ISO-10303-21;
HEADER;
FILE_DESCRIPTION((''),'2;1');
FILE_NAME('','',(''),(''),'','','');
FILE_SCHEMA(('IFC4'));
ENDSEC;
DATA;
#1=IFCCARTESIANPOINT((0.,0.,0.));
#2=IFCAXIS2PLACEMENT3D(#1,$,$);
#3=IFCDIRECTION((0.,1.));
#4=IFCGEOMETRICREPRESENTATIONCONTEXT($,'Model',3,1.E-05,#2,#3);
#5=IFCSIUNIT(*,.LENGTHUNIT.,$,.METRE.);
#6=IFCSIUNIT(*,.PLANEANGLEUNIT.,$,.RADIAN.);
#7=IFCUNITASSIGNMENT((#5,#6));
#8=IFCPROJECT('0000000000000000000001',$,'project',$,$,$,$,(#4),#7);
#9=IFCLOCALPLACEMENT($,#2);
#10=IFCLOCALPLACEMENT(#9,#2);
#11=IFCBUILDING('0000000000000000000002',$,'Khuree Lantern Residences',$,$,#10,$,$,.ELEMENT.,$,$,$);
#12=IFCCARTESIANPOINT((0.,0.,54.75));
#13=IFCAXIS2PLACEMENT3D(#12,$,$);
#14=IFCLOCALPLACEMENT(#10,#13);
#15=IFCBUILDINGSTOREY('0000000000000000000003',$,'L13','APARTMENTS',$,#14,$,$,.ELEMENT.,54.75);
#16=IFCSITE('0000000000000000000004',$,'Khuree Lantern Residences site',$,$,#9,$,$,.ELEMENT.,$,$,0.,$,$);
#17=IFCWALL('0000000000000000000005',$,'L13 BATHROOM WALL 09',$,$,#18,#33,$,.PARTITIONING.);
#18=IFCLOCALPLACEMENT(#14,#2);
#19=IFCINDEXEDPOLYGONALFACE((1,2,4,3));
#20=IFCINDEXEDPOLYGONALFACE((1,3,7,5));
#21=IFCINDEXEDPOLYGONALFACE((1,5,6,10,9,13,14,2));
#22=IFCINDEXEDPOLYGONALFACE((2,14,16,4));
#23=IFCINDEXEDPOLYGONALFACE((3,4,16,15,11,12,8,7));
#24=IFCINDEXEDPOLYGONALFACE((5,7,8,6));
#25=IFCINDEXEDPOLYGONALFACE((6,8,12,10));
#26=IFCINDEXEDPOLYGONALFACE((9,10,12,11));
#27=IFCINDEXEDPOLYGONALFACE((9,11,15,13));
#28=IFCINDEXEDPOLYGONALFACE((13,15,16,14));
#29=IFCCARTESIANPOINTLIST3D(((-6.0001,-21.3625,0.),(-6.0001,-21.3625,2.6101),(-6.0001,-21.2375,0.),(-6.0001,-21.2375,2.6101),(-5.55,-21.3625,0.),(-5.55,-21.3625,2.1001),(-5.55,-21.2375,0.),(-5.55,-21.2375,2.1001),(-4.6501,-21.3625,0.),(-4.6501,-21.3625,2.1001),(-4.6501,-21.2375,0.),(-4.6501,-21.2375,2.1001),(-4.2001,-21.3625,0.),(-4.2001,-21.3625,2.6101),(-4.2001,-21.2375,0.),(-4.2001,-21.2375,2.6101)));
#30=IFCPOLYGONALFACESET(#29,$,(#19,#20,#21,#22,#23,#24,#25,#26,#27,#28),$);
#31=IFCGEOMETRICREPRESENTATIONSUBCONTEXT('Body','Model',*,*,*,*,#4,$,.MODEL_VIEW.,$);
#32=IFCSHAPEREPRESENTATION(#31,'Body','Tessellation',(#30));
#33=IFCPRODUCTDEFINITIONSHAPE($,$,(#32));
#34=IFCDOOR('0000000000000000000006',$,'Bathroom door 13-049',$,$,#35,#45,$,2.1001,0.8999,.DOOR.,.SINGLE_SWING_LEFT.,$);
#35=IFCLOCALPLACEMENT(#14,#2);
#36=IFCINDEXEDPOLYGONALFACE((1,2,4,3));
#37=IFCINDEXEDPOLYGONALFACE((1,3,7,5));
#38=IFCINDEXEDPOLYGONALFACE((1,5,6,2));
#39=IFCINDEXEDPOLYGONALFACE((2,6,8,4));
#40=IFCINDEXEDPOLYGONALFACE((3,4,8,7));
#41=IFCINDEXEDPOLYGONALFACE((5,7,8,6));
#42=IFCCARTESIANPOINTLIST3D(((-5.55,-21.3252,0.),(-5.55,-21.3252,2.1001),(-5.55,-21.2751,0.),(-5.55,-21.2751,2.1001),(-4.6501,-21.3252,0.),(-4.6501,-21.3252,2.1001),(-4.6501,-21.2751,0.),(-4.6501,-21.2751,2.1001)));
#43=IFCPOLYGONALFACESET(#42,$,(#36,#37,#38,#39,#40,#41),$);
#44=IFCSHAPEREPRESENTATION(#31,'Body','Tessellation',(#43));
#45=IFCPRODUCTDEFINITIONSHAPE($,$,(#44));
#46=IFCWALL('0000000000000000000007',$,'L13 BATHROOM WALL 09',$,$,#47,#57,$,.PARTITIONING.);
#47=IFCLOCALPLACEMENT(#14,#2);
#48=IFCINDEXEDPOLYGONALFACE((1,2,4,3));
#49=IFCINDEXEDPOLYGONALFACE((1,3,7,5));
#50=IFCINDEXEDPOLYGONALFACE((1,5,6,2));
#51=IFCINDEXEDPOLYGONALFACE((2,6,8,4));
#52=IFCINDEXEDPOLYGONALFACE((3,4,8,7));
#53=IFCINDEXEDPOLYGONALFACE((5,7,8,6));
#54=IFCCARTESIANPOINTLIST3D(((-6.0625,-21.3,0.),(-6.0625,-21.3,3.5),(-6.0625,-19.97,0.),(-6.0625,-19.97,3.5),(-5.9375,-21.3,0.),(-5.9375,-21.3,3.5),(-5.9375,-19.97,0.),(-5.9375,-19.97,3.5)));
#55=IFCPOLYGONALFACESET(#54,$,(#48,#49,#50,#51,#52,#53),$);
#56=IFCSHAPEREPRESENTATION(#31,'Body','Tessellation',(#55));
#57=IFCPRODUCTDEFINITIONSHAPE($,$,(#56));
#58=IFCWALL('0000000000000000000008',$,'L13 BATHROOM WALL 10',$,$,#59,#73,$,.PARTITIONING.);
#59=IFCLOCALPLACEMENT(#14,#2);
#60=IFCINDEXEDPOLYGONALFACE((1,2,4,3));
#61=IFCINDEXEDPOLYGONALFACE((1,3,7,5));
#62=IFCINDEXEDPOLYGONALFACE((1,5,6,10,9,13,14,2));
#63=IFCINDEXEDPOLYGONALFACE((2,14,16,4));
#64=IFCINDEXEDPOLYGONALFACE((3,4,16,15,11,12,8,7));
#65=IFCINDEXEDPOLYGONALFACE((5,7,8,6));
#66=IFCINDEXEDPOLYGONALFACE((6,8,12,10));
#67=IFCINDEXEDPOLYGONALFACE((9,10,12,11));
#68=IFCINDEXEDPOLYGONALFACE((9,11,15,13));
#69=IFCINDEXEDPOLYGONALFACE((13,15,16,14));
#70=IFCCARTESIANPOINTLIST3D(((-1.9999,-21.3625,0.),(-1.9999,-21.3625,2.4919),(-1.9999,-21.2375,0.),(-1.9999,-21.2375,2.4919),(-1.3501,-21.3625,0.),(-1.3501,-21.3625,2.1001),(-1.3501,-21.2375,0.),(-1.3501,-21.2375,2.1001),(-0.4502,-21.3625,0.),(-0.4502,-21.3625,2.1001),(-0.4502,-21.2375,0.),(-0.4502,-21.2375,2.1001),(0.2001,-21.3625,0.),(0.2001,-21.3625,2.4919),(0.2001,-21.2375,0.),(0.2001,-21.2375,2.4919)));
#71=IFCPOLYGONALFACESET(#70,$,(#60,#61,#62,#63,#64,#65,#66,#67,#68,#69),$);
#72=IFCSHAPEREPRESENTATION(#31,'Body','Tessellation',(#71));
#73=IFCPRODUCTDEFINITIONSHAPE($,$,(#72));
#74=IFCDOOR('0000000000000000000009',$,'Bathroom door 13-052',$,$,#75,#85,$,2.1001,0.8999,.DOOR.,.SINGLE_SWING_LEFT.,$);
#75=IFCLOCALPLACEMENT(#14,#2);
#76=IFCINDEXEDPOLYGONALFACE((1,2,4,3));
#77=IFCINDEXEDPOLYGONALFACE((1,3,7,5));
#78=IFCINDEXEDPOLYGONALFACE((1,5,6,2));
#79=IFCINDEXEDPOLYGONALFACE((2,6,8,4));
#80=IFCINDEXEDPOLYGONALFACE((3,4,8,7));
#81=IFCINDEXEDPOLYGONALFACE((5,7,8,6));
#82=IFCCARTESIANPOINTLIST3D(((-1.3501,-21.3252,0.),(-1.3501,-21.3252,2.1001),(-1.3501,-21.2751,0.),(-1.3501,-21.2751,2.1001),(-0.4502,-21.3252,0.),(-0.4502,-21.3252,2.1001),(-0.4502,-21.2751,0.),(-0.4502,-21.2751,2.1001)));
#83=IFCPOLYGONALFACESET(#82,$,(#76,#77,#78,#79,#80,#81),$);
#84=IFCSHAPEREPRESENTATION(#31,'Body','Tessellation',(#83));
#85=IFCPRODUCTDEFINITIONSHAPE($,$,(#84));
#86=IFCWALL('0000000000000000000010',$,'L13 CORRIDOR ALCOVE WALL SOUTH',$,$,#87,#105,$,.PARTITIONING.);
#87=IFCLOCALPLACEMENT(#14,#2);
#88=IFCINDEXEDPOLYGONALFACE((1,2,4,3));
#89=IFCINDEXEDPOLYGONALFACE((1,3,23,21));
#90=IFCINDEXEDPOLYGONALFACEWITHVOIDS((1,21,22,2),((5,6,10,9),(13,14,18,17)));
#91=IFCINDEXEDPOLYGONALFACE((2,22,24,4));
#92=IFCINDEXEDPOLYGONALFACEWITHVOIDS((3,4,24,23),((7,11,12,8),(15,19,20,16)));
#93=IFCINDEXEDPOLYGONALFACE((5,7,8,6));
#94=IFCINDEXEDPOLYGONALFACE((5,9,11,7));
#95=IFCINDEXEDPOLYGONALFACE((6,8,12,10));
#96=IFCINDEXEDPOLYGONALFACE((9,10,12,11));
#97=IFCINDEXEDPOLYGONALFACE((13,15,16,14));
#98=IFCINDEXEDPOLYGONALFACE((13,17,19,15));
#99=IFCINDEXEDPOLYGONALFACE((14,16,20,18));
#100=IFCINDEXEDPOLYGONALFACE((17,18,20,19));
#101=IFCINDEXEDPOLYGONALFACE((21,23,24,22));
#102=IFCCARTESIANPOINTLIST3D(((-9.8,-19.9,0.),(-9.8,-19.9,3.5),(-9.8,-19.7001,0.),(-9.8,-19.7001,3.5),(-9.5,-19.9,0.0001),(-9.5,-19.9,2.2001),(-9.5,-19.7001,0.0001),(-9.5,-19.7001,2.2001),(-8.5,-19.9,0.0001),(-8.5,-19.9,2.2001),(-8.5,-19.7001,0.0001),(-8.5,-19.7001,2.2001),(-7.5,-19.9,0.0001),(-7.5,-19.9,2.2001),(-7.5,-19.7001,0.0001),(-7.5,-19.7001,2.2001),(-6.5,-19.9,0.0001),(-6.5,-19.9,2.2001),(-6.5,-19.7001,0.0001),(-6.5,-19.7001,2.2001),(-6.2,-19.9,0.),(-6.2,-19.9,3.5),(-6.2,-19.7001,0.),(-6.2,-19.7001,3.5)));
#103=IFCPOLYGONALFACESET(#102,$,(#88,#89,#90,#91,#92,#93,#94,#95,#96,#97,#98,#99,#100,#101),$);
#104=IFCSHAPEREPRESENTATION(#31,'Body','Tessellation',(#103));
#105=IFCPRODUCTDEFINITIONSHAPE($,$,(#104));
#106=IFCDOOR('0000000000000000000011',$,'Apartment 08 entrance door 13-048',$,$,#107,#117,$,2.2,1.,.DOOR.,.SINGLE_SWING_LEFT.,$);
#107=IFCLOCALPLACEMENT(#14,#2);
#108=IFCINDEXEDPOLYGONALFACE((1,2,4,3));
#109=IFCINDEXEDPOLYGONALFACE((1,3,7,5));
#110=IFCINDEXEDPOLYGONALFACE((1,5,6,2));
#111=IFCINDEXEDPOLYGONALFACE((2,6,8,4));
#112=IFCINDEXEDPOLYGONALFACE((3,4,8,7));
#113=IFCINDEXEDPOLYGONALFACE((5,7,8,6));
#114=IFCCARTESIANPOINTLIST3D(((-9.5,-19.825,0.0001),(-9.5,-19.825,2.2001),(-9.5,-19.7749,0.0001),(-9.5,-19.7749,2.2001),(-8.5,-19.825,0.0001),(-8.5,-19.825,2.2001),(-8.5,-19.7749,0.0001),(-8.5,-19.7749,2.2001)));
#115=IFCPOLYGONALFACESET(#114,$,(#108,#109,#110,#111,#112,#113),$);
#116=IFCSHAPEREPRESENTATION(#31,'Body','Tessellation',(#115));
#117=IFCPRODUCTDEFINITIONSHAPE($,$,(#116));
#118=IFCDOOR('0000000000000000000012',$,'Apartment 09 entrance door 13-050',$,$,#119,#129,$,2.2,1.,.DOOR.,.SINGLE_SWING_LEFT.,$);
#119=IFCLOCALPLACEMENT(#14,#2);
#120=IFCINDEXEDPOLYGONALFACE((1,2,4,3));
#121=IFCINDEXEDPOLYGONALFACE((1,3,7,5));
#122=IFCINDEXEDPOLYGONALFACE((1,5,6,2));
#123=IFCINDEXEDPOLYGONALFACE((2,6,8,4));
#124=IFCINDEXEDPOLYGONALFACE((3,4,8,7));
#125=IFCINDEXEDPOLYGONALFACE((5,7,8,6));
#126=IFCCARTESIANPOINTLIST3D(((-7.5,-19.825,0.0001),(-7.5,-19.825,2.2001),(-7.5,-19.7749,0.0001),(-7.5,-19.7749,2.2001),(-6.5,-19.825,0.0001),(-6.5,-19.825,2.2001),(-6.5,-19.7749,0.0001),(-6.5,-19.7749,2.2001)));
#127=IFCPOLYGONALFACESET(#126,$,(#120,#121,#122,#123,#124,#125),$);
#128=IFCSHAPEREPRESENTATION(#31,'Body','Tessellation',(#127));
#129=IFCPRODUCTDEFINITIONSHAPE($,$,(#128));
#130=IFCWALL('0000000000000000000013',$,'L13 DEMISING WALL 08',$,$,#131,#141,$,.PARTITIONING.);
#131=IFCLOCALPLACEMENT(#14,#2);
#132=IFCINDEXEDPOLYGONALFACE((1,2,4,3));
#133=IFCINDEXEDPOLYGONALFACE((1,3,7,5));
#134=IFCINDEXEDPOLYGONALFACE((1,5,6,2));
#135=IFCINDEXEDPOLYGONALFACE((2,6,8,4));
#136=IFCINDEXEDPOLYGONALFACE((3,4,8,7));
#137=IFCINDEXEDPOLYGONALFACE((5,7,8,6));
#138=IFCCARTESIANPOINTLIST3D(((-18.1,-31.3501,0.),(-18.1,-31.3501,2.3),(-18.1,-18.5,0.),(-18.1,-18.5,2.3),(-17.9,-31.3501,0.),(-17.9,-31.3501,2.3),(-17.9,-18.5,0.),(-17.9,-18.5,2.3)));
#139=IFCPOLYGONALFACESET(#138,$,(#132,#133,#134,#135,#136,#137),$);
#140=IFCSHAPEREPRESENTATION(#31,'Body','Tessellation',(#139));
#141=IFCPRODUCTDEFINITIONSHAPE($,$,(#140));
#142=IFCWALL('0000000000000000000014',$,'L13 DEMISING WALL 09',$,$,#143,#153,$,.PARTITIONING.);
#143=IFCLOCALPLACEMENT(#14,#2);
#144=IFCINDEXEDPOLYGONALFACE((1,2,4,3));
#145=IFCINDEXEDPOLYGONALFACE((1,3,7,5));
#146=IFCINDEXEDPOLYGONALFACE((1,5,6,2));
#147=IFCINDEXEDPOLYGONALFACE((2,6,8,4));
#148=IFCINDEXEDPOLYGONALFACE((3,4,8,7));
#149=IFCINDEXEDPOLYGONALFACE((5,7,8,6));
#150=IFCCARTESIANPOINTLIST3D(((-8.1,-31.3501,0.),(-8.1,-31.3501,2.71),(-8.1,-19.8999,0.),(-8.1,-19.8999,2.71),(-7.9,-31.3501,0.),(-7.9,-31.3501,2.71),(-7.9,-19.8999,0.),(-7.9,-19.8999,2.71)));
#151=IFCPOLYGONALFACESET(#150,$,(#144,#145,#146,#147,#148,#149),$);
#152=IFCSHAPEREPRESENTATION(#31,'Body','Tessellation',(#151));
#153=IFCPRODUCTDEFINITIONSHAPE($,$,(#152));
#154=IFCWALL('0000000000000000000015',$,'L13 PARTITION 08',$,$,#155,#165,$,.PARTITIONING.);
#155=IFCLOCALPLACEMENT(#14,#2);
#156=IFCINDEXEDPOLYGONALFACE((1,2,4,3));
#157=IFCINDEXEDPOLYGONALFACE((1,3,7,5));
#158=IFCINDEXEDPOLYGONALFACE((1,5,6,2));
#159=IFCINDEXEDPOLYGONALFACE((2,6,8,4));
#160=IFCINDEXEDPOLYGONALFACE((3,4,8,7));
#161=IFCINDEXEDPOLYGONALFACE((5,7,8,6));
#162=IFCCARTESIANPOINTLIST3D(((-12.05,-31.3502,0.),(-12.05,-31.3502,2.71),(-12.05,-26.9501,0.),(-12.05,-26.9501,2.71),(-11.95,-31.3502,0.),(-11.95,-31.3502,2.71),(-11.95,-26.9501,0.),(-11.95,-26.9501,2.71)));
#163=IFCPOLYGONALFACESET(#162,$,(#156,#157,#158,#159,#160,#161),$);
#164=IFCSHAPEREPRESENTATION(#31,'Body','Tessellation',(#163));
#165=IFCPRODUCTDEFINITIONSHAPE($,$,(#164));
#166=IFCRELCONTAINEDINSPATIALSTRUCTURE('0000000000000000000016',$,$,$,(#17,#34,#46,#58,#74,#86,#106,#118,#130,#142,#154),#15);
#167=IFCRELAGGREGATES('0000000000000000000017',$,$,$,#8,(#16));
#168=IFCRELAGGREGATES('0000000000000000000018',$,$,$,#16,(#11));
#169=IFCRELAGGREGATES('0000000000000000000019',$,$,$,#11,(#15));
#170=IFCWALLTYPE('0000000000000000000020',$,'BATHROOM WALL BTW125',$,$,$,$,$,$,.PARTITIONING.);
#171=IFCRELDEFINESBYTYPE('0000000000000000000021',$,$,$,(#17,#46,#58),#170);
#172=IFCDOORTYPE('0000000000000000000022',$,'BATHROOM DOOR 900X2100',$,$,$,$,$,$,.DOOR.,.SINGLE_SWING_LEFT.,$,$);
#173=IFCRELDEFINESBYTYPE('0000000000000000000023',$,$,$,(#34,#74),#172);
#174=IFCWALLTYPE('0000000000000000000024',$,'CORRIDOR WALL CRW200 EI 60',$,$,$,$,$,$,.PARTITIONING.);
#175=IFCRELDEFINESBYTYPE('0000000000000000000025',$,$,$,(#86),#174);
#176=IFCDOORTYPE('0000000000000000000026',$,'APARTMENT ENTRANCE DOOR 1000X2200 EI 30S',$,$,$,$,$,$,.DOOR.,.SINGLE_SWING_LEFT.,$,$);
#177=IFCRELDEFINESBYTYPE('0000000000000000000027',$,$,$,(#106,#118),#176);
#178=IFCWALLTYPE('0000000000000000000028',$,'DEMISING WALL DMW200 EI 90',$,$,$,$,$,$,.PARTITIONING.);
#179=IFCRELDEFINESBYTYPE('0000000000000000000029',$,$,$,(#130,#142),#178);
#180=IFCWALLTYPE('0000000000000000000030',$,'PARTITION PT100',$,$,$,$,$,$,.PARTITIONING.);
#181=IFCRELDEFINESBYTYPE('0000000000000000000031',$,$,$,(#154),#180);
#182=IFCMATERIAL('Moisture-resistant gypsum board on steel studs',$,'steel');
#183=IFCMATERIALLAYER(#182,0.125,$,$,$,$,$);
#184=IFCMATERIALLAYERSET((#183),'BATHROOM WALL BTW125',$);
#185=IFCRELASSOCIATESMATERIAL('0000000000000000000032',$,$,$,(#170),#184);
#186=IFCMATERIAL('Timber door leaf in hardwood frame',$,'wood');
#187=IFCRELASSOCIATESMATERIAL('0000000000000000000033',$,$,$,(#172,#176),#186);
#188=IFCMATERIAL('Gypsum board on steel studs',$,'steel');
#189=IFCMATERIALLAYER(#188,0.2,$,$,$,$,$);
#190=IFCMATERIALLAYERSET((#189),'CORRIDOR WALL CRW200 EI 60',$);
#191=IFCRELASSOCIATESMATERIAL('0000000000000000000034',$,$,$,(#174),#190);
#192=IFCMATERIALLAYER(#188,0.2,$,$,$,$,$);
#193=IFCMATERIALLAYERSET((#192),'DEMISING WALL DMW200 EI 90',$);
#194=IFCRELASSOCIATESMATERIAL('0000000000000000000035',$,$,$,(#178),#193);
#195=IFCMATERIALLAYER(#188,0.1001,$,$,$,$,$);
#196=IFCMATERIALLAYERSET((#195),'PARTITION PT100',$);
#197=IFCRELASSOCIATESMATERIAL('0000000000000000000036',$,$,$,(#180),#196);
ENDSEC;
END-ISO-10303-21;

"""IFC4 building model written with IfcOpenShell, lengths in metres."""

from ifc_helpers import new_model, si_unit, direction, frame, frame_2d, origin, place, context, subcontext, project, spatial, rectangle, extrude, material, layer, layer_set, type_object, element, fill, save


model = new_model("IFC4")

# Units and contexts
model_context = context("Model", 3, precision=1e-05, world=origin(), true_north=direction((0.0, 1.0)))
body_context = subcontext(model_context, "Body", "Model", "MODEL_VIEW")
ifc_project = project(units=[si_unit("LENGTHUNIT", "METRE"), si_unit("PLANEANGLEUNIT", "RADIAN")], contexts=[model_context])

# Site, building, storey
site_placement = place(None, origin())
site = spatial("IfcSite", under=ifc_project, at=site_placement, Name="Khuree Lantern Residences site", CompositionType="ELEMENT", RefElevation=0.0)
building_placement = place(site_placement, origin())
building = spatial("IfcBuilding", under=site, at=building_placement, Name="Khuree Lantern Residences", CompositionType="ELEMENT")
storey_placement = place(building_placement, frame((0.0, 0.0, 54.75)))
storey = spatial("IfcBuildingStorey", under=building, at=storey_placement, Name="L13", Description="APARTMENTS", CompositionType="ELEMENT", Elevation=54.75)

# Shared definitions
ifc_material_1 = material(Name="Moisture-resistant gypsum board on steel studs", Category="steel")
ifc_layer_1 = layer(ifc_material_1, 0.125)
ifc_layer_set_1 = layer_set([ifc_layer_1], Name="BATHROOM WALL BTW125")
wall_type_1 = type_object("IfcWallType", Name="BATHROOM WALL BTW125", PredefinedType="PARTITIONING", material=ifc_layer_set_1)
ifc_material_2 = material(Name="Timber door leaf in hardwood frame", Category="wood")
door_type_1 = type_object("IfcDoorType", Name="BATHROOM DOOR 900X2100", OperationType="SINGLE_SWING_LEFT", PredefinedType="DOOR", material=ifc_material_2)

# Wall, opening, door
wall_1_placement = place(storey_placement, frame((-6.0, -21.3, 0.0), z_axis=(0.0, 0.0, 1.0), x_axis=(1.0, 0.0, 0.0)))
wall_1 = element("IfcWall", 1, at=wall_1_placement, inside=storey, type_object=wall_type_1, Name="L13 BATHROOM WALL 09", PredefinedType="PARTITIONING", context=body_context, shape_type="SweptSolid", body=[
    extrude(rectangle(XDim=1.8, YDim=0.125, at=frame_2d((0.8999, 0.0))), origin(), (0.0, 0.0, 1.0), 2.6101),
])
opening_1_placement = place(wall_1_placement, frame((0.45, 0.0, 0.0)))
opening_1 = element("IfcOpeningElement", 2, at=opening_1_placement, cuts=wall_1, PredefinedType="OPENING", context=body_context, shape_type="SweptSolid", body=[
    extrude(rectangle(XDim=0.8999, YDim=2.1001, at=frame_2d((0.45, 1.05))), frame((0.0, 0.0725, 0.0), z_axis=(0.0, -1.0, 0.0), x_axis=(1.0, 0.0, 0.0)), (0.0, 0.0, 1.0), 0.145),
])
door_1_placement = place(opening_1_placement, origin())
door_1 = element("IfcDoor", 3, at=door_1_placement, inside=storey, type_object=door_type_1, Name="Bathroom door 13-049", OperationType="SINGLE_SWING_LEFT", OverallHeight=2.1001, OverallWidth=0.8999, PredefinedType="DOOR", context=body_context, shape_type="SweptSolid", body=[
    extrude(rectangle(XDim=0.8999, YDim=2.1001, at=frame_2d((0.45, 1.05))), frame((0.0, 0.0249, 0.0), z_axis=(0.0, -1.0, 0.0), x_axis=(1.0, 0.0, 0.0)), (0.0, 0.0, 1.0), 0.05),
])
fill(opening_1, door_1)

# Wall
wall_2_placement = place(storey_placement, frame((-6.0, -19.97, 0.0), z_axis=(0.0, 0.0, 1.0), x_axis=(0.0, -1.0, 0.0)))
element("IfcWall", 4, at=wall_2_placement, inside=storey, type_object=wall_type_1, Name="L13 BATHROOM WALL 09", PredefinedType="PARTITIONING", context=body_context, shape_type="SweptSolid", body=[
    extrude(rectangle(XDim=1.3301, YDim=0.125, at=frame_2d((0.665, 0.0))), origin(), (0.0, 0.0, 1.0), 3.5),
])

# Wall, opening, door
wall_3_placement = place(storey_placement, frame((-2.0, -21.3, 0.0), z_axis=(0.0, 0.0, 1.0), x_axis=(1.0, 0.0, 0.0)))
wall_3 = element("IfcWall", 5, at=wall_3_placement, inside=storey, type_object=wall_type_1, Name="L13 BATHROOM WALL 10", PredefinedType="PARTITIONING", context=body_context, shape_type="SweptSolid", body=[
    extrude(rectangle(XDim=2.2, YDim=0.125, at=frame_2d((1.1001, 0.0))), origin(), (0.0, 0.0, 1.0), 2.4919),
])
opening_2_placement = place(wall_3_placement, frame((0.6499, 0.0, 0.0)))
opening_2 = element("IfcOpeningElement", 6, at=opening_2_placement, cuts=wall_3, PredefinedType="OPENING", context=body_context, shape_type="SweptSolid", body=[
    extrude(rectangle(XDim=0.8999, YDim=2.1001, at=frame_2d((0.45, 1.05))), frame((0.0, 0.0725, 0.0), z_axis=(0.0, -1.0, 0.0), x_axis=(1.0, 0.0, 0.0)), (0.0, 0.0, 1.0), 0.145),
])
door_2_placement = place(opening_2_placement, origin())
door_2 = element("IfcDoor", 7, at=door_2_placement, inside=storey, type_object=door_type_1, Name="Bathroom door 13-052", OperationType="SINGLE_SWING_LEFT", OverallHeight=2.1001, OverallWidth=0.8999, PredefinedType="DOOR", context=body_context, shape_type="SweptSolid", body=[
    extrude(rectangle(XDim=0.8999, YDim=2.1001, at=frame_2d((0.45, 1.05))), frame((0.0, 0.0249, 0.0), z_axis=(0.0, -1.0, 0.0), x_axis=(1.0, 0.0, 0.0)), (0.0, 0.0, 1.0), 0.05),
])
fill(opening_2, door_2)

# Wall, openings, doors
ifc_material_3 = material(Name="Gypsum board on steel studs", Category="steel")
ifc_layer_2 = layer(ifc_material_3, 0.2)
ifc_layer_set_2 = layer_set([ifc_layer_2], Name="CORRIDOR WALL CRW200 EI 60")
wall_type_2 = type_object("IfcWallType", Name="CORRIDOR WALL CRW200 EI 60", PredefinedType="PARTITIONING", material=ifc_layer_set_2)
wall_4_placement = place(storey_placement, frame((-6.2, -19.8, 0.0), z_axis=(0.0, 0.0, 1.0), x_axis=(-1.0, 0.0, 0.0)))
wall_4 = element("IfcWall", 8, at=wall_4_placement, inside=storey, type_object=wall_type_2, Name="L13 CORRIDOR ALCOVE WALL SOUTH", PredefinedType="PARTITIONING", context=body_context, shape_type="SweptSolid", body=[
    extrude(rectangle(XDim=3.6001, YDim=0.2, at=frame_2d((1.8, 0.0))), origin(), (0.0, 0.0, 1.0), 3.5),
])
opening_3_placement = place(wall_4_placement, frame((2.3, 0.0, 0.0)))
opening_3 = element("IfcOpeningElement", 9, at=opening_3_placement, cuts=wall_4, PredefinedType="OPENING", context=body_context, shape_type="SweptSolid", body=[
    extrude(rectangle(XDim=1.0, YDim=2.2, at=frame_2d((0.5, 1.1001))), frame((0.0, 0.1099, 0.0), z_axis=(0.0, -1.0, 0.0), x_axis=(1.0, 0.0, 0.0)), (0.0, 0.0, 1.0), 0.22),
])
opening_4_placement = place(wall_4_placement, frame((0.3, 0.0, 0.0)))
opening_4 = element("IfcOpeningElement", 10, at=opening_4_placement, cuts=wall_4, PredefinedType="OPENING", context=body_context, shape_type="SweptSolid", body=[
    extrude(rectangle(XDim=1.0, YDim=2.2, at=frame_2d((0.5, 1.1001))), frame((0.0, 0.1099, 0.0), z_axis=(0.0, -1.0, 0.0), x_axis=(1.0, 0.0, 0.0)), (0.0, 0.0, 1.0), 0.22),
])
door_type_2 = type_object("IfcDoorType", Name="APARTMENT ENTRANCE DOOR 1000X2200 EI 30S", OperationType="SINGLE_SWING_LEFT", PredefinedType="DOOR", material=ifc_material_2)
door_3_placement = place(opening_3_placement, origin())
door_3 = element("IfcDoor", 11, at=door_3_placement, inside=storey, type_object=door_type_2, Name="Apartment 08 entrance door 13-048", OperationType="SINGLE_SWING_LEFT", OverallHeight=2.2, OverallWidth=1.0, PredefinedType="DOOR", context=body_context, shape_type="SweptSolid", body=[
    extrude(rectangle(XDim=1.0, YDim=2.2, at=frame_2d((0.5, 1.1001))), frame((0.0, 0.0249, 0.0), z_axis=(0.0, -1.0, 0.0), x_axis=(1.0, 0.0, 0.0)), (0.0, 0.0, 1.0), 0.05),
])
fill(opening_3, door_3)
door_4_placement = place(opening_4_placement, origin())
door_4 = element("IfcDoor", 12, at=door_4_placement, inside=storey, type_object=door_type_2, Name="Apartment 09 entrance door 13-050", OperationType="SINGLE_SWING_LEFT", OverallHeight=2.2, OverallWidth=1.0, PredefinedType="DOOR", context=body_context, shape_type="SweptSolid", body=[
    extrude(rectangle(XDim=1.0, YDim=2.2, at=frame_2d((0.5, 1.1001))), frame((0.0, 0.0249, 0.0), z_axis=(0.0, -1.0, 0.0), x_axis=(1.0, 0.0, 0.0)), (0.0, 0.0, 1.0), 0.05),
])
fill(opening_4, door_4)

# Walls
ifc_layer_3 = layer(ifc_material_3, 0.2)
ifc_layer_set_3 = layer_set([ifc_layer_3], Name="DEMISING WALL DMW200 EI 90")
wall_type_3 = type_object("IfcWallType", Name="DEMISING WALL DMW200 EI 90", PredefinedType="PARTITIONING", material=ifc_layer_set_3)
wall_5_placement = place(storey_placement, frame((-18.0, -18.5, 0.0), z_axis=(0.0, 0.0, 1.0), x_axis=(0.0, -1.0, 0.0)))
element("IfcWall", 13, at=wall_5_placement, inside=storey, type_object=wall_type_3, Name="L13 DEMISING WALL 08", PredefinedType="PARTITIONING", context=body_context, shape_type="SweptSolid", body=[
    extrude(rectangle(XDim=12.8501, YDim=0.2, at=frame_2d((6.425, 0.0))), origin(), (0.0, 0.0, 1.0), 2.3),
])
wall_6_placement = place(storey_placement, frame((-8.0, -19.8999, 0.0), z_axis=(0.0, 0.0, 1.0), x_axis=(0.0, -1.0, 0.0)))
element("IfcWall", 14, at=wall_6_placement, inside=storey, type_object=wall_type_3, Name="L13 DEMISING WALL 09", PredefinedType="PARTITIONING", context=body_context, shape_type="SweptSolid", body=[
    extrude(rectangle(XDim=11.4502, YDim=0.2, at=frame_2d((5.7251, 0.0))), origin(), (0.0, 0.0, 1.0), 2.71),
])
ifc_layer_4 = layer(ifc_material_3, 0.1001)
ifc_layer_set_4 = layer_set([ifc_layer_4], Name="PARTITION PT100")
wall_type_4 = type_object("IfcWallType", Name="PARTITION PT100", PredefinedType="PARTITIONING", material=ifc_layer_set_4)
wall_7_placement = place(storey_placement, frame((-12.0, -26.95, 0.0), z_axis=(0.0, 0.0, 1.0), x_axis=(0.0, -1.0, 0.0)))
element("IfcWall", 15, at=wall_7_placement, inside=storey, type_object=wall_type_4, Name="L13 PARTITION 08", PredefinedType="PARTITIONING", context=body_context, shape_type="SweptSolid", body=[
    extrude(rectangle(XDim=4.4001, YDim=0.1001, at=frame_2d((2.2002, 0.0))), origin(), (0.0, 0.0, 1.0), 2.71),
])

save(model, "model.ifc")
